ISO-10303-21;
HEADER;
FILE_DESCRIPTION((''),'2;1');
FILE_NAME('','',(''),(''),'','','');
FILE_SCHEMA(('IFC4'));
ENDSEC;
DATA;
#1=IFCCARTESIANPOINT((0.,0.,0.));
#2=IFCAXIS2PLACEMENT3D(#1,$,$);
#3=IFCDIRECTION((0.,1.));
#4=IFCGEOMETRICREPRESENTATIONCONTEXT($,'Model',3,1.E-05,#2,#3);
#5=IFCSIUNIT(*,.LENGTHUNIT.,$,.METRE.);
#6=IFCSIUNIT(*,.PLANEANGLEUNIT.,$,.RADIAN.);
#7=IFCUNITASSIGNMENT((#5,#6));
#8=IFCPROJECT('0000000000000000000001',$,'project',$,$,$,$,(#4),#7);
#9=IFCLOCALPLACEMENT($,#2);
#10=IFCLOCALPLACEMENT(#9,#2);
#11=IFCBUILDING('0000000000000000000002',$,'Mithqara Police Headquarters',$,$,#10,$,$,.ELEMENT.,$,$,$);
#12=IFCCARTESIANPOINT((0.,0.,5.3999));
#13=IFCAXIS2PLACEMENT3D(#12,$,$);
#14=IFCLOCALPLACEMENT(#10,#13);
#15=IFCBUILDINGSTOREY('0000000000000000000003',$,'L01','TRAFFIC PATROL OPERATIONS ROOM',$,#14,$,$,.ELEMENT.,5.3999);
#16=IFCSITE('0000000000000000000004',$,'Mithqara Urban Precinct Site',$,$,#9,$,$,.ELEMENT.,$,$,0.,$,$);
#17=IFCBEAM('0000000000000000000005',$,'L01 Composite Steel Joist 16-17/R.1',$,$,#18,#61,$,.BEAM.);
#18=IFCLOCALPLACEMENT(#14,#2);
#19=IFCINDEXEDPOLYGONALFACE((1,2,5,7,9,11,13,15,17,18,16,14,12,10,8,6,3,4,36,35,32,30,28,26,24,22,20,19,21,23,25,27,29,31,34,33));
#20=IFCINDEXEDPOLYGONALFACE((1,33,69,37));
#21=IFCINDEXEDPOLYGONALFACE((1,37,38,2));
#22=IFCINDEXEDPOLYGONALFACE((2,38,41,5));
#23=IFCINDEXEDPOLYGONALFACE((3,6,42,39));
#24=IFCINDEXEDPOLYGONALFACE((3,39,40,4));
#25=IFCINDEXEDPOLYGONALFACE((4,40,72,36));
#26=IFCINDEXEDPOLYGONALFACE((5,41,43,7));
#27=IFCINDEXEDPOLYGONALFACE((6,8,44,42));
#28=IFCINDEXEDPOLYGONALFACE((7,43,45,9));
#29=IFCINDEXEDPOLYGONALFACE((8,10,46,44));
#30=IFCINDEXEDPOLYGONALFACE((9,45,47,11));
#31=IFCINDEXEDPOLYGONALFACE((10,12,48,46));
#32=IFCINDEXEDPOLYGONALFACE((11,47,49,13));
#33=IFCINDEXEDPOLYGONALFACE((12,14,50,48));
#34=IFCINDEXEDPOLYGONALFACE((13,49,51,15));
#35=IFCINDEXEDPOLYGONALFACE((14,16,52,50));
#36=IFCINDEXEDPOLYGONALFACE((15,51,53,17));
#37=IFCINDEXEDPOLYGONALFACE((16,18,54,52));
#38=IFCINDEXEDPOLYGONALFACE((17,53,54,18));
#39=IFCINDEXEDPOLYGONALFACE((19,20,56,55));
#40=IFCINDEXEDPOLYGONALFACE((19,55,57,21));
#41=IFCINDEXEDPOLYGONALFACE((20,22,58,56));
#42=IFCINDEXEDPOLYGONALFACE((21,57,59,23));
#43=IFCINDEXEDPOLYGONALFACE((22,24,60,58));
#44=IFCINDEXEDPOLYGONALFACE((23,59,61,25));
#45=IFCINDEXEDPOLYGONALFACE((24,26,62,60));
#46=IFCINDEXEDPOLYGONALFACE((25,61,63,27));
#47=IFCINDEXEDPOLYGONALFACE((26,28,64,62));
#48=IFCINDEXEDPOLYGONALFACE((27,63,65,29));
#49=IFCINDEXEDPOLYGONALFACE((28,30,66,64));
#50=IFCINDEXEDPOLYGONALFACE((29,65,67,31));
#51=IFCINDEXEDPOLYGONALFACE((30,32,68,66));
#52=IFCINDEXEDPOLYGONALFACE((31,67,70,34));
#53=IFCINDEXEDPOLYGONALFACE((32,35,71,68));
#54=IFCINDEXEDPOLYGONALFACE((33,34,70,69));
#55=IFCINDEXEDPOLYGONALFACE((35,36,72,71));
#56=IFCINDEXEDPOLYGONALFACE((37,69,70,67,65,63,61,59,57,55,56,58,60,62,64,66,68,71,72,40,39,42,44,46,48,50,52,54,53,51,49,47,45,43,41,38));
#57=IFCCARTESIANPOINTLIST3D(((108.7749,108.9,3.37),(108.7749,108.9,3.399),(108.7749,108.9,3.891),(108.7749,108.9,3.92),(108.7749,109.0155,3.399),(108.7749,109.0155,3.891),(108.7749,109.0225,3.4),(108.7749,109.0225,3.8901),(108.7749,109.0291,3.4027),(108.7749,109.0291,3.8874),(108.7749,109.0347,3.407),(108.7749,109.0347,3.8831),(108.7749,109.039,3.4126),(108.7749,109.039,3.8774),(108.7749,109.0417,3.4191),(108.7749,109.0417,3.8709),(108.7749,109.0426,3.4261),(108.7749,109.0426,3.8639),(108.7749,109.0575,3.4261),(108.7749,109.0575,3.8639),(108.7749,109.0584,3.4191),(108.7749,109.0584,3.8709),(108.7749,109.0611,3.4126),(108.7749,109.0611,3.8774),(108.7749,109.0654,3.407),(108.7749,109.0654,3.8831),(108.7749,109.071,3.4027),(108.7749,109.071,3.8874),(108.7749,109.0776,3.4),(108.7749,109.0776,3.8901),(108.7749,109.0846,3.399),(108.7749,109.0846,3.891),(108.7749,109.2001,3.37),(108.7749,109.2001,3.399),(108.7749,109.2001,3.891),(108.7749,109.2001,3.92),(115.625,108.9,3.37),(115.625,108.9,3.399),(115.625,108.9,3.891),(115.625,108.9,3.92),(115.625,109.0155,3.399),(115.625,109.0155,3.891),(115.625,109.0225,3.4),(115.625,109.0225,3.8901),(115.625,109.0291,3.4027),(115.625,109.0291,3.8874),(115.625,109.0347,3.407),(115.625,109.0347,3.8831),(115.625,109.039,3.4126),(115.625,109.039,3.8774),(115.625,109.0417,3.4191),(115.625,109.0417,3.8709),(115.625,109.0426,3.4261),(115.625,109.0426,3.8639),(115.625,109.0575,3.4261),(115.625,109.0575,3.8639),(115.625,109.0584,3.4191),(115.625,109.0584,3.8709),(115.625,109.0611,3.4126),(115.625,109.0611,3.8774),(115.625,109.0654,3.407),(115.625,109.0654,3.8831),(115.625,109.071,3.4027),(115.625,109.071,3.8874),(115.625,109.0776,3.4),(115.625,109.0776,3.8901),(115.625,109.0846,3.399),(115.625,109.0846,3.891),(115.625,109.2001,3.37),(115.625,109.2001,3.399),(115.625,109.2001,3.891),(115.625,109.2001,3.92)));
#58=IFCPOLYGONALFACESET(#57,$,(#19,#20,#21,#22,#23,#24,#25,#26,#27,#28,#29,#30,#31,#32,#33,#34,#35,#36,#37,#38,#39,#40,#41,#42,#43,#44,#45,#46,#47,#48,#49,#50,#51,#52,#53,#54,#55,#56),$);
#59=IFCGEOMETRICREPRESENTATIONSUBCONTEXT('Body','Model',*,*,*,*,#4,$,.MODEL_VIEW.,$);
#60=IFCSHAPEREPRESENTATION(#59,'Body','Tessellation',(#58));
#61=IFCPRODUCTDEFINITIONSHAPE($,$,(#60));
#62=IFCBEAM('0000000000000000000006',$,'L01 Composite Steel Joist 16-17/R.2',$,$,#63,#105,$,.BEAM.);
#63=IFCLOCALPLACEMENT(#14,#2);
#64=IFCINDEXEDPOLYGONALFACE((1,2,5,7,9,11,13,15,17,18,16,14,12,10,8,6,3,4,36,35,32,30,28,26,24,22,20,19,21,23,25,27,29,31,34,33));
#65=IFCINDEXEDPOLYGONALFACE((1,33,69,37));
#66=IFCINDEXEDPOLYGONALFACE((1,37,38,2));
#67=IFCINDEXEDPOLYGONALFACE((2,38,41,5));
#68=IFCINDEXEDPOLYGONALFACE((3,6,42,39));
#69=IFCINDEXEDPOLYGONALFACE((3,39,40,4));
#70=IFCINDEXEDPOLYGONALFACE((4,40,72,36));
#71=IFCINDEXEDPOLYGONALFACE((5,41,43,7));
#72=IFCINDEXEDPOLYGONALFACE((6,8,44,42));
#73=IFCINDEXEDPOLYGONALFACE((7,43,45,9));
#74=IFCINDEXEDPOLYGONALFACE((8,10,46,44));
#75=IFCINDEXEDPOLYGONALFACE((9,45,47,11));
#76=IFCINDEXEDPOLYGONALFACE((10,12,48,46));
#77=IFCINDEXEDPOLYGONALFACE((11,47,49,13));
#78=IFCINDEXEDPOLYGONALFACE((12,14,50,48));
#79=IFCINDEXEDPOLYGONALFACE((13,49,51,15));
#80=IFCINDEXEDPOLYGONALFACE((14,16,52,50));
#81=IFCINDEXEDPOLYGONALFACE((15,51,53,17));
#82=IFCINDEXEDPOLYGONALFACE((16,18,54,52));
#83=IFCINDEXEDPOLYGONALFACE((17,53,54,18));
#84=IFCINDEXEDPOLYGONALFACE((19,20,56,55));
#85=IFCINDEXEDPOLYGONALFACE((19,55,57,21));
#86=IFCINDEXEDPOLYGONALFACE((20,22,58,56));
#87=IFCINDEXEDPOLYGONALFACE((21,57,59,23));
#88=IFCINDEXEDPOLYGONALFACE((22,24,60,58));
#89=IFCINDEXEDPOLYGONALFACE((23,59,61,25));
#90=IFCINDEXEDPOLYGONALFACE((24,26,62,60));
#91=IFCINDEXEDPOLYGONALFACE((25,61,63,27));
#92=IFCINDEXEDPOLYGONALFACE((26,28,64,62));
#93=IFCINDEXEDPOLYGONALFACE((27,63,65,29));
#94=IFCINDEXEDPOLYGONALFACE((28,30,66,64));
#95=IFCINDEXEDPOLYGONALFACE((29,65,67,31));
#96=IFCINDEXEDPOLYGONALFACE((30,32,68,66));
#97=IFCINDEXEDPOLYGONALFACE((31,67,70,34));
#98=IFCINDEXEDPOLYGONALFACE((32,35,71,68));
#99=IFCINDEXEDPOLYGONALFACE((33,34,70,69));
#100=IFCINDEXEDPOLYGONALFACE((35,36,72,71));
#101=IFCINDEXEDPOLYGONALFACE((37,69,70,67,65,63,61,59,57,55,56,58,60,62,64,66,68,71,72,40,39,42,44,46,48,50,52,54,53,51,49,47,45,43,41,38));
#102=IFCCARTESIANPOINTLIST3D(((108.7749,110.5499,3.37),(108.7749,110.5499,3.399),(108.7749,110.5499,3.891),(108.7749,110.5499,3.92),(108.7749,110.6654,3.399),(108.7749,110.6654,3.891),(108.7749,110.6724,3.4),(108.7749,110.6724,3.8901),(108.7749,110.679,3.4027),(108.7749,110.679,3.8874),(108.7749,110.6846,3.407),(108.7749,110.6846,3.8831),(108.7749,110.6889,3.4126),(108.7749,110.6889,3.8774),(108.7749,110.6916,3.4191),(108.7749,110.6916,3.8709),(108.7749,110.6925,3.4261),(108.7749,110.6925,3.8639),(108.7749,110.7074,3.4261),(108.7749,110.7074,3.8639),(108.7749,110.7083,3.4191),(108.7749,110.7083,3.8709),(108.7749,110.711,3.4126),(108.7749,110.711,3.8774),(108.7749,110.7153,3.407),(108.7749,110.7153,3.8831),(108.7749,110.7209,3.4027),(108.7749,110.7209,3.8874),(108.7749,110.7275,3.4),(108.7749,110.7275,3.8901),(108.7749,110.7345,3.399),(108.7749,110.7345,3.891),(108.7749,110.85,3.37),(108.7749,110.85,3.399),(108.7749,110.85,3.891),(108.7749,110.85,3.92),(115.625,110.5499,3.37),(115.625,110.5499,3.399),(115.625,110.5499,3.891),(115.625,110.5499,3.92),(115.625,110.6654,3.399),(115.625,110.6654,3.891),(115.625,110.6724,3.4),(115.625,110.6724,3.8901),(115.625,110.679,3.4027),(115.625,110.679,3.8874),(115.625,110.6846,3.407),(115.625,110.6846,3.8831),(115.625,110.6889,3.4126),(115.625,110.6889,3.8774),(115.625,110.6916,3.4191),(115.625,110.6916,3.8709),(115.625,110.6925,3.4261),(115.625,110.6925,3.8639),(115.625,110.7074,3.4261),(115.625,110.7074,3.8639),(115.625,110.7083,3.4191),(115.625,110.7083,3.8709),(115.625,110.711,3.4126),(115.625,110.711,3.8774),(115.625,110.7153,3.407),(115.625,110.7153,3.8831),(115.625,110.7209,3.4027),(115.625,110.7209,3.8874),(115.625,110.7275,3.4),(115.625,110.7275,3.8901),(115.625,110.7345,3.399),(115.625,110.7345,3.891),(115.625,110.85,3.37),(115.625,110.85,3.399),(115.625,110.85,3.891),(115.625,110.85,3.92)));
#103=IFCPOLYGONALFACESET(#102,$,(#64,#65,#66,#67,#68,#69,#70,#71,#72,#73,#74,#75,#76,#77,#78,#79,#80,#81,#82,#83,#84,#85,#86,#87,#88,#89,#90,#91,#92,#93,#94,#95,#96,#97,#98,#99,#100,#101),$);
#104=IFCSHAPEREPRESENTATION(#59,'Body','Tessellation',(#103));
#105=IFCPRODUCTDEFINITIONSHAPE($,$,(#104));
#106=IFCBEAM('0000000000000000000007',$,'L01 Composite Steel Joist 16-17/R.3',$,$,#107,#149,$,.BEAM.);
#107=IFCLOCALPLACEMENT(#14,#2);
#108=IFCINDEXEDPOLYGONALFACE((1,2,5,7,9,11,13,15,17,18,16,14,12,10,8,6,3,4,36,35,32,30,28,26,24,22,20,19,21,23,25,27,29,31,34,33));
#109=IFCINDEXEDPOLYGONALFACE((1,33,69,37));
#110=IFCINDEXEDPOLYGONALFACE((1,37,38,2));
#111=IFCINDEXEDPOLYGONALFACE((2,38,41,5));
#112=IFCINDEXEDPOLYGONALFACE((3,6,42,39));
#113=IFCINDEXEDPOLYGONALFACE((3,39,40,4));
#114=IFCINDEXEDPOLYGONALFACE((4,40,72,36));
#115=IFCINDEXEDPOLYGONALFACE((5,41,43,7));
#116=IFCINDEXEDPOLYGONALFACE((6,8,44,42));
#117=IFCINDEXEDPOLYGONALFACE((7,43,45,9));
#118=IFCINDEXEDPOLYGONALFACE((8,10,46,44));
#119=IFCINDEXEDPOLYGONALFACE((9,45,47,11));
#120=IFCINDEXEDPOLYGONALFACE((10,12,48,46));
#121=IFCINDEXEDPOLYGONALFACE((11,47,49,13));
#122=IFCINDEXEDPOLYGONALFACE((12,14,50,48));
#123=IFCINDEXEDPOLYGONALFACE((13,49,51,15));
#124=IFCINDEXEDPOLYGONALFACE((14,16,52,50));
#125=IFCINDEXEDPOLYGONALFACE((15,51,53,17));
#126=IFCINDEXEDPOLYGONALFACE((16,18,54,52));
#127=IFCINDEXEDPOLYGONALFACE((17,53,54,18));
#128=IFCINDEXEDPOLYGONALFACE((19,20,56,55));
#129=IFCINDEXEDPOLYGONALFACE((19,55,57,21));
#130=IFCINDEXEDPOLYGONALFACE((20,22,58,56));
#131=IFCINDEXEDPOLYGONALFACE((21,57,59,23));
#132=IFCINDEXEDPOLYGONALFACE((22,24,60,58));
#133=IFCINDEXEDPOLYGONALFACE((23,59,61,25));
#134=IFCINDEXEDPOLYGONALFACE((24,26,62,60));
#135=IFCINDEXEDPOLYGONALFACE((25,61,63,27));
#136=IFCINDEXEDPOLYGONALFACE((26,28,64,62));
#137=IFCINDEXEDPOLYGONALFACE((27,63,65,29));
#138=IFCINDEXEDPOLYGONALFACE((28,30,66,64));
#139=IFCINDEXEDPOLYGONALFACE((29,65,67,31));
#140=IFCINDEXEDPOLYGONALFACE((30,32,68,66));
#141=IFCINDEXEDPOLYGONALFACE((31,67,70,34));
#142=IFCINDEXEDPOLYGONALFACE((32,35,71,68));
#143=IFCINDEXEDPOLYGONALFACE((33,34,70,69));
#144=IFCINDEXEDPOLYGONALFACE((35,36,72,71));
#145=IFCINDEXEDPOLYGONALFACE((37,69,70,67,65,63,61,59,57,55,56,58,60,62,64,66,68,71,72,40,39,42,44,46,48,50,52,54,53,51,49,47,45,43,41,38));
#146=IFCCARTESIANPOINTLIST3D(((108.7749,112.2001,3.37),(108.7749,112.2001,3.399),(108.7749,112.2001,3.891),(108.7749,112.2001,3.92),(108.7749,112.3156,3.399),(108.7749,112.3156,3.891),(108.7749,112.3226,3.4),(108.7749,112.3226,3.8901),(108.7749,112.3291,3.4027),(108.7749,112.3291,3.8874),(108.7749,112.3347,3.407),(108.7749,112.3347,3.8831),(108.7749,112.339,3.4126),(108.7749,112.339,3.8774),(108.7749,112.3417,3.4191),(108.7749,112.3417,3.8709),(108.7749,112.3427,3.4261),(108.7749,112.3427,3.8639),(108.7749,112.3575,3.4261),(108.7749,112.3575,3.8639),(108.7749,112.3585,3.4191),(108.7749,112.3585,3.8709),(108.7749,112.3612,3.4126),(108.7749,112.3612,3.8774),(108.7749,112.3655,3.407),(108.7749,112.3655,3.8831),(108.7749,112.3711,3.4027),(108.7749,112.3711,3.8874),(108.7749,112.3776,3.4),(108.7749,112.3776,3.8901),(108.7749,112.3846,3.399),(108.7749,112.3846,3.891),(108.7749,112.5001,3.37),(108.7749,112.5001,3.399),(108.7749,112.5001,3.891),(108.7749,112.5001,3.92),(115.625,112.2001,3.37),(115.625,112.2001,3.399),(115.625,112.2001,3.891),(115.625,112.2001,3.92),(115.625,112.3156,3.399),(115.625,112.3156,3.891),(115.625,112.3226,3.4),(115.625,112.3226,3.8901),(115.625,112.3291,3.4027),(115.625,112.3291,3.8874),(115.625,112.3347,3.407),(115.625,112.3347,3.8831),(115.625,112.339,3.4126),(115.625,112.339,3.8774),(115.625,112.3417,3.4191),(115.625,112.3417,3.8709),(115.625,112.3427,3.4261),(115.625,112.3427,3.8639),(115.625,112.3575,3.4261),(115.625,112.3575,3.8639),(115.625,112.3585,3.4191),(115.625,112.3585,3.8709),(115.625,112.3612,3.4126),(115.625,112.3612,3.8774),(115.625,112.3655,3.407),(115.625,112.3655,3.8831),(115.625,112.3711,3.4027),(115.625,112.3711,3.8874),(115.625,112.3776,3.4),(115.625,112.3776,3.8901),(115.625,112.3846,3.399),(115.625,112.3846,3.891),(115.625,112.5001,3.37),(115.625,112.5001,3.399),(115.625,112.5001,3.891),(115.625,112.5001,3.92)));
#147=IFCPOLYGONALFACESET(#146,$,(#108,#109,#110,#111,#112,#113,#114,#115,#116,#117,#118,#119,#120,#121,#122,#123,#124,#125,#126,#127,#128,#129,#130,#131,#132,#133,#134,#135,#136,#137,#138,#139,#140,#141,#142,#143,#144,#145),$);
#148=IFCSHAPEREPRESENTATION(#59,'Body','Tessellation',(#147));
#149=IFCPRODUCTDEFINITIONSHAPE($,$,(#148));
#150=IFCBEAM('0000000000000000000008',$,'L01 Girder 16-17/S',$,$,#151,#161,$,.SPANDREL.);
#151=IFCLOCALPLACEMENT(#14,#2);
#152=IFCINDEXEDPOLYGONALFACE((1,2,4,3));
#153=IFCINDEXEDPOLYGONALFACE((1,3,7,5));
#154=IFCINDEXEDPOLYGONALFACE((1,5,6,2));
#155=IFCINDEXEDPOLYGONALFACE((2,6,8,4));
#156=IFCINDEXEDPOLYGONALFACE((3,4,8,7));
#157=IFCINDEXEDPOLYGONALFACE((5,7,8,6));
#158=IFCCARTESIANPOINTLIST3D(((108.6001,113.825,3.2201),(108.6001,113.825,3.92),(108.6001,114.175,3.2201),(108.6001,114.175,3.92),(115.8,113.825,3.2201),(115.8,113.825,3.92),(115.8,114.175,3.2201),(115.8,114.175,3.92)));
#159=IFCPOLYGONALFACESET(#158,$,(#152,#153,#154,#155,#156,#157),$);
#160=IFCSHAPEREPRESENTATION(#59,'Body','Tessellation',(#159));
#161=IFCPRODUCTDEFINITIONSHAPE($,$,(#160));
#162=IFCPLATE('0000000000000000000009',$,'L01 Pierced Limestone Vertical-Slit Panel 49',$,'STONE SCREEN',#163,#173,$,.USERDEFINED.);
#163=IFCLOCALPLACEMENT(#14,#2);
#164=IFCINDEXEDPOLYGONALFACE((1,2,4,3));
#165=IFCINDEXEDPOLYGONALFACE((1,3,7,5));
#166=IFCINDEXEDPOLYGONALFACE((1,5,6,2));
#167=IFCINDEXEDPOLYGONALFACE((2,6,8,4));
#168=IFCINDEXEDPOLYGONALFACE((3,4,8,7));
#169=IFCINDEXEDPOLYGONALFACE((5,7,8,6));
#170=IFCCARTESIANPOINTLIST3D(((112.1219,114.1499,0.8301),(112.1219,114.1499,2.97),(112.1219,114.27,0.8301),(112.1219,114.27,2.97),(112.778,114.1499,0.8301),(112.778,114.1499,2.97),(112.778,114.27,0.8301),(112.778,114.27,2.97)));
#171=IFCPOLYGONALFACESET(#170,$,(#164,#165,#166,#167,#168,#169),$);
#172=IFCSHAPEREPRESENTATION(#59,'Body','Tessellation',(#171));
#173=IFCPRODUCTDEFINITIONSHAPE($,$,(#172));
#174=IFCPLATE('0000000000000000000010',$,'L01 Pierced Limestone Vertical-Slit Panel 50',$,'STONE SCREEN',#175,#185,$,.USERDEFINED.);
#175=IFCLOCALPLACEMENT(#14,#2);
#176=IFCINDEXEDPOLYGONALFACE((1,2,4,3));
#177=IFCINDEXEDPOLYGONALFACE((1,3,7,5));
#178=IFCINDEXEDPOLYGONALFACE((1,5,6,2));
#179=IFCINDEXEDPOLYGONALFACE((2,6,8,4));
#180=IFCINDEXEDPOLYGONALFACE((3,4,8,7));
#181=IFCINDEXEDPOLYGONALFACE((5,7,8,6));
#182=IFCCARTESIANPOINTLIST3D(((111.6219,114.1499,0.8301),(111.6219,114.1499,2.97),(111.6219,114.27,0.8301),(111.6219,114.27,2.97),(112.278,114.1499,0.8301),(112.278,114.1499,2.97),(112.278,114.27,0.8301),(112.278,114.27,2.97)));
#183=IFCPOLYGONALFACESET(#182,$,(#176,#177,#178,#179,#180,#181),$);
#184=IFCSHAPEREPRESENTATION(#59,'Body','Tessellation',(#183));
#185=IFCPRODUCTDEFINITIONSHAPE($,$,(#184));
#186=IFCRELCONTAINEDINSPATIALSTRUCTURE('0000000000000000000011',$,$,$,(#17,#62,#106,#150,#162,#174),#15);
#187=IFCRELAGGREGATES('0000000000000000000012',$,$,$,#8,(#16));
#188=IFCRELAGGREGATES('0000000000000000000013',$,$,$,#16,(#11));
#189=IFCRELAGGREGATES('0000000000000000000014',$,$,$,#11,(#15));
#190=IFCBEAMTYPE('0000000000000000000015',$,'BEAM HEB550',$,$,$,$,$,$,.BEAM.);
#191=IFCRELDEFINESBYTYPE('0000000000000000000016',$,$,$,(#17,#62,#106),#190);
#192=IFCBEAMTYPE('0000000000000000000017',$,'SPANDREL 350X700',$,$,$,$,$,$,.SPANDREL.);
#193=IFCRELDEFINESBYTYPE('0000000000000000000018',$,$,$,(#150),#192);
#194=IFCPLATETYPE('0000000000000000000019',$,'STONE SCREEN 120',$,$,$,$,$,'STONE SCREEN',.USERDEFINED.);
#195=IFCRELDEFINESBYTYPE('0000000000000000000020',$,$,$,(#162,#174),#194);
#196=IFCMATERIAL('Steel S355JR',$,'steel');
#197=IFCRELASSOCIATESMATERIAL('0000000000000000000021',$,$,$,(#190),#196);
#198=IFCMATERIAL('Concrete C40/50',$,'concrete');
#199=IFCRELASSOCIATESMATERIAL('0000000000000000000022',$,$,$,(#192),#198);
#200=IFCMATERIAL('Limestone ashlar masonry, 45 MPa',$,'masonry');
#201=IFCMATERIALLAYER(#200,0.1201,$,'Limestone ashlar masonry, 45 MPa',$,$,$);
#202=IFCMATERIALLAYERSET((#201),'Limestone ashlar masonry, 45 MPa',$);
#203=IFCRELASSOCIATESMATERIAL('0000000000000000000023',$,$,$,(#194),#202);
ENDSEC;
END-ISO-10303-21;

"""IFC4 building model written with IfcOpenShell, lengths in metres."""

from ifc_helpers import new_model, si_unit, direction, frame, origin, origin_2d, place, context, subcontext, project, spatial, rectangle, i_section, extrude, material, layer, layer_set, material_profile, profile_set, type_object, element, save


model = new_model("IFC4")

# Units and contexts
model_context = context("Model", 3, precision=1e-05, world=origin(), true_north=direction((0.0, 1.0)))
body_context = subcontext(model_context, "Body", "Model", "MODEL_VIEW")
ifc_project = project(units=[si_unit("LENGTHUNIT", "METRE"), si_unit("PLANEANGLEUNIT", "RADIAN")], contexts=[model_context])

# Site, building, storey
site_placement = place(None, origin())
site = spatial("IfcSite", under=ifc_project, at=site_placement, Name="Mithqara Urban Precinct Site", CompositionType="ELEMENT", RefElevation=0.0)
building_placement = place(site_placement, origin())
building = spatial("IfcBuilding", under=site, at=building_placement, Name="Mithqara Police Headquarters", CompositionType="ELEMENT")
storey_placement = place(building_placement, frame((0.0, 0.0, 5.3999)))
storey = spatial("IfcBuildingStorey", under=building, at=storey_placement, Name="L01", Description="TRAFFIC PATROL OPERATIONS ROOM", CompositionType="ELEMENT", Elevation=5.3999)

# Beams
ifc_material_1 = material(Name="Steel S355JR", Category="steel")
ifc_material_profile_1 = material_profile(ifc_material_1, i_section(OverallWidth=0.3, OverallDepth=0.55, WebThickness=0.0149, FlangeThickness=0.0291, FilletRadius=0.0271, at=origin_2d()), Name="HEB 550")
ifc_profile_set_1 = profile_set([ifc_material_profile_1], Name="Steel S355JR")
beam_type_1 = type_object("IfcBeamType", Name="BEAM HEB550", PredefinedType="BEAM", material=ifc_profile_set_1)
for number, where, z_axis, x_axis, name in (
    (1, (108.7749, 109.05, 3.645), (1.0, 0.0, 0.0), (0.0, 1.0, 0.0), "L01 Composite Steel Joist 16-17/R.1"),
    (2, (108.7749, 110.7, 3.645), (1.0, 0.0, 0.0), (0.0, 1.0, 0.0), "L01 Composite Steel Joist 16-17/R.2"),
    (3, (108.7749, 112.3501, 3.645), (1.0, 0.0, 0.0), (0.0, 1.0, 0.0), "L01 Composite Steel Joist 16-17/R.3"),
):
    element("IfcBeam", number, at=place(storey_placement, frame(where, z_axis=z_axis, x_axis=x_axis)), inside=storey, type_object=beam_type_1, Name=name, PredefinedType="BEAM", context=body_context, shape_type="SweptSolid", body=[
        extrude(i_section(OverallWidth=0.3, OverallDepth=0.55, WebThickness=0.0149, FlangeThickness=0.0291, FilletRadius=0.0271, at=origin_2d()), origin(), (0.0, 0.0, 1.0), 6.8501),
    ])
ifc_material_2 = material(Name="Concrete C40/50", Category="concrete")
ifc_material_profile_2 = material_profile(ifc_material_2, rectangle(XDim=0.3501, YDim=0.7, at=origin_2d()), Name="SPB 350x700")
ifc_profile_set_2 = profile_set([ifc_material_profile_2], Name="Concrete C40/50")
beam_type_2 = type_object("IfcBeamType", Name="SPANDREL 350X700", PredefinedType="SPANDREL", material=ifc_profile_set_2)
beam_placement = place(storey_placement, frame((108.6001, 114.0, 3.5701), z_axis=(1.0, 0.0, 0.0), x_axis=(0.0, 1.0, 0.0)))
element("IfcBeam", 4, at=beam_placement, inside=storey, type_object=beam_type_2, Name="L01 Girder 16-17/S", PredefinedType="SPANDREL", context=body_context, shape_type="SweptSolid", body=[
    extrude(rectangle(XDim=0.3501, YDim=0.7, at=origin_2d()), origin(), (0.0, 0.0, 1.0), 7.2),
])

# Plates
ifc_material_3 = material(Name="Limestone ashlar masonry, 45 MPa", Category="masonry")
ifc_layer_1 = layer(ifc_material_3, 0.1201, Name="Limestone ashlar masonry, 45 MPa")
ifc_layer_set_1 = layer_set([ifc_layer_1], Name="Limestone ashlar masonry, 45 MPa")
plate_type = type_object("IfcPlateType", Name="STONE SCREEN 120", ElementType="STONE SCREEN", PredefinedType="USERDEFINED", material=ifc_layer_set_1)
for number, where, z_axis, x_axis, name in (
    (5, (112.45, 114.21, 0.8301), (0.0, 0.0, 1.0), (1.0, 0.0, 0.0), "L01 Pierced Limestone Vertical-Slit Panel 49"),
    (6, (111.95, 114.21, 0.8301), (0.0, 0.0, 1.0), (1.0, 0.0, 0.0), "L01 Pierced Limestone Vertical-Slit Panel 50"),
):
    element("IfcPlate", number, at=place(storey_placement, frame(where, z_axis=z_axis, x_axis=x_axis)), inside=storey, type_object=plate_type, Name=name, ObjectType="STONE SCREEN", PredefinedType="USERDEFINED", context=body_context, shape_type="SweptSolid", body=[
        extrude(rectangle(XDim=0.656, YDim=0.1201, at=origin_2d()), origin(), (0.0, 0.0, 1.0), 2.1399),
    ])

save(model, "model.ifc")
